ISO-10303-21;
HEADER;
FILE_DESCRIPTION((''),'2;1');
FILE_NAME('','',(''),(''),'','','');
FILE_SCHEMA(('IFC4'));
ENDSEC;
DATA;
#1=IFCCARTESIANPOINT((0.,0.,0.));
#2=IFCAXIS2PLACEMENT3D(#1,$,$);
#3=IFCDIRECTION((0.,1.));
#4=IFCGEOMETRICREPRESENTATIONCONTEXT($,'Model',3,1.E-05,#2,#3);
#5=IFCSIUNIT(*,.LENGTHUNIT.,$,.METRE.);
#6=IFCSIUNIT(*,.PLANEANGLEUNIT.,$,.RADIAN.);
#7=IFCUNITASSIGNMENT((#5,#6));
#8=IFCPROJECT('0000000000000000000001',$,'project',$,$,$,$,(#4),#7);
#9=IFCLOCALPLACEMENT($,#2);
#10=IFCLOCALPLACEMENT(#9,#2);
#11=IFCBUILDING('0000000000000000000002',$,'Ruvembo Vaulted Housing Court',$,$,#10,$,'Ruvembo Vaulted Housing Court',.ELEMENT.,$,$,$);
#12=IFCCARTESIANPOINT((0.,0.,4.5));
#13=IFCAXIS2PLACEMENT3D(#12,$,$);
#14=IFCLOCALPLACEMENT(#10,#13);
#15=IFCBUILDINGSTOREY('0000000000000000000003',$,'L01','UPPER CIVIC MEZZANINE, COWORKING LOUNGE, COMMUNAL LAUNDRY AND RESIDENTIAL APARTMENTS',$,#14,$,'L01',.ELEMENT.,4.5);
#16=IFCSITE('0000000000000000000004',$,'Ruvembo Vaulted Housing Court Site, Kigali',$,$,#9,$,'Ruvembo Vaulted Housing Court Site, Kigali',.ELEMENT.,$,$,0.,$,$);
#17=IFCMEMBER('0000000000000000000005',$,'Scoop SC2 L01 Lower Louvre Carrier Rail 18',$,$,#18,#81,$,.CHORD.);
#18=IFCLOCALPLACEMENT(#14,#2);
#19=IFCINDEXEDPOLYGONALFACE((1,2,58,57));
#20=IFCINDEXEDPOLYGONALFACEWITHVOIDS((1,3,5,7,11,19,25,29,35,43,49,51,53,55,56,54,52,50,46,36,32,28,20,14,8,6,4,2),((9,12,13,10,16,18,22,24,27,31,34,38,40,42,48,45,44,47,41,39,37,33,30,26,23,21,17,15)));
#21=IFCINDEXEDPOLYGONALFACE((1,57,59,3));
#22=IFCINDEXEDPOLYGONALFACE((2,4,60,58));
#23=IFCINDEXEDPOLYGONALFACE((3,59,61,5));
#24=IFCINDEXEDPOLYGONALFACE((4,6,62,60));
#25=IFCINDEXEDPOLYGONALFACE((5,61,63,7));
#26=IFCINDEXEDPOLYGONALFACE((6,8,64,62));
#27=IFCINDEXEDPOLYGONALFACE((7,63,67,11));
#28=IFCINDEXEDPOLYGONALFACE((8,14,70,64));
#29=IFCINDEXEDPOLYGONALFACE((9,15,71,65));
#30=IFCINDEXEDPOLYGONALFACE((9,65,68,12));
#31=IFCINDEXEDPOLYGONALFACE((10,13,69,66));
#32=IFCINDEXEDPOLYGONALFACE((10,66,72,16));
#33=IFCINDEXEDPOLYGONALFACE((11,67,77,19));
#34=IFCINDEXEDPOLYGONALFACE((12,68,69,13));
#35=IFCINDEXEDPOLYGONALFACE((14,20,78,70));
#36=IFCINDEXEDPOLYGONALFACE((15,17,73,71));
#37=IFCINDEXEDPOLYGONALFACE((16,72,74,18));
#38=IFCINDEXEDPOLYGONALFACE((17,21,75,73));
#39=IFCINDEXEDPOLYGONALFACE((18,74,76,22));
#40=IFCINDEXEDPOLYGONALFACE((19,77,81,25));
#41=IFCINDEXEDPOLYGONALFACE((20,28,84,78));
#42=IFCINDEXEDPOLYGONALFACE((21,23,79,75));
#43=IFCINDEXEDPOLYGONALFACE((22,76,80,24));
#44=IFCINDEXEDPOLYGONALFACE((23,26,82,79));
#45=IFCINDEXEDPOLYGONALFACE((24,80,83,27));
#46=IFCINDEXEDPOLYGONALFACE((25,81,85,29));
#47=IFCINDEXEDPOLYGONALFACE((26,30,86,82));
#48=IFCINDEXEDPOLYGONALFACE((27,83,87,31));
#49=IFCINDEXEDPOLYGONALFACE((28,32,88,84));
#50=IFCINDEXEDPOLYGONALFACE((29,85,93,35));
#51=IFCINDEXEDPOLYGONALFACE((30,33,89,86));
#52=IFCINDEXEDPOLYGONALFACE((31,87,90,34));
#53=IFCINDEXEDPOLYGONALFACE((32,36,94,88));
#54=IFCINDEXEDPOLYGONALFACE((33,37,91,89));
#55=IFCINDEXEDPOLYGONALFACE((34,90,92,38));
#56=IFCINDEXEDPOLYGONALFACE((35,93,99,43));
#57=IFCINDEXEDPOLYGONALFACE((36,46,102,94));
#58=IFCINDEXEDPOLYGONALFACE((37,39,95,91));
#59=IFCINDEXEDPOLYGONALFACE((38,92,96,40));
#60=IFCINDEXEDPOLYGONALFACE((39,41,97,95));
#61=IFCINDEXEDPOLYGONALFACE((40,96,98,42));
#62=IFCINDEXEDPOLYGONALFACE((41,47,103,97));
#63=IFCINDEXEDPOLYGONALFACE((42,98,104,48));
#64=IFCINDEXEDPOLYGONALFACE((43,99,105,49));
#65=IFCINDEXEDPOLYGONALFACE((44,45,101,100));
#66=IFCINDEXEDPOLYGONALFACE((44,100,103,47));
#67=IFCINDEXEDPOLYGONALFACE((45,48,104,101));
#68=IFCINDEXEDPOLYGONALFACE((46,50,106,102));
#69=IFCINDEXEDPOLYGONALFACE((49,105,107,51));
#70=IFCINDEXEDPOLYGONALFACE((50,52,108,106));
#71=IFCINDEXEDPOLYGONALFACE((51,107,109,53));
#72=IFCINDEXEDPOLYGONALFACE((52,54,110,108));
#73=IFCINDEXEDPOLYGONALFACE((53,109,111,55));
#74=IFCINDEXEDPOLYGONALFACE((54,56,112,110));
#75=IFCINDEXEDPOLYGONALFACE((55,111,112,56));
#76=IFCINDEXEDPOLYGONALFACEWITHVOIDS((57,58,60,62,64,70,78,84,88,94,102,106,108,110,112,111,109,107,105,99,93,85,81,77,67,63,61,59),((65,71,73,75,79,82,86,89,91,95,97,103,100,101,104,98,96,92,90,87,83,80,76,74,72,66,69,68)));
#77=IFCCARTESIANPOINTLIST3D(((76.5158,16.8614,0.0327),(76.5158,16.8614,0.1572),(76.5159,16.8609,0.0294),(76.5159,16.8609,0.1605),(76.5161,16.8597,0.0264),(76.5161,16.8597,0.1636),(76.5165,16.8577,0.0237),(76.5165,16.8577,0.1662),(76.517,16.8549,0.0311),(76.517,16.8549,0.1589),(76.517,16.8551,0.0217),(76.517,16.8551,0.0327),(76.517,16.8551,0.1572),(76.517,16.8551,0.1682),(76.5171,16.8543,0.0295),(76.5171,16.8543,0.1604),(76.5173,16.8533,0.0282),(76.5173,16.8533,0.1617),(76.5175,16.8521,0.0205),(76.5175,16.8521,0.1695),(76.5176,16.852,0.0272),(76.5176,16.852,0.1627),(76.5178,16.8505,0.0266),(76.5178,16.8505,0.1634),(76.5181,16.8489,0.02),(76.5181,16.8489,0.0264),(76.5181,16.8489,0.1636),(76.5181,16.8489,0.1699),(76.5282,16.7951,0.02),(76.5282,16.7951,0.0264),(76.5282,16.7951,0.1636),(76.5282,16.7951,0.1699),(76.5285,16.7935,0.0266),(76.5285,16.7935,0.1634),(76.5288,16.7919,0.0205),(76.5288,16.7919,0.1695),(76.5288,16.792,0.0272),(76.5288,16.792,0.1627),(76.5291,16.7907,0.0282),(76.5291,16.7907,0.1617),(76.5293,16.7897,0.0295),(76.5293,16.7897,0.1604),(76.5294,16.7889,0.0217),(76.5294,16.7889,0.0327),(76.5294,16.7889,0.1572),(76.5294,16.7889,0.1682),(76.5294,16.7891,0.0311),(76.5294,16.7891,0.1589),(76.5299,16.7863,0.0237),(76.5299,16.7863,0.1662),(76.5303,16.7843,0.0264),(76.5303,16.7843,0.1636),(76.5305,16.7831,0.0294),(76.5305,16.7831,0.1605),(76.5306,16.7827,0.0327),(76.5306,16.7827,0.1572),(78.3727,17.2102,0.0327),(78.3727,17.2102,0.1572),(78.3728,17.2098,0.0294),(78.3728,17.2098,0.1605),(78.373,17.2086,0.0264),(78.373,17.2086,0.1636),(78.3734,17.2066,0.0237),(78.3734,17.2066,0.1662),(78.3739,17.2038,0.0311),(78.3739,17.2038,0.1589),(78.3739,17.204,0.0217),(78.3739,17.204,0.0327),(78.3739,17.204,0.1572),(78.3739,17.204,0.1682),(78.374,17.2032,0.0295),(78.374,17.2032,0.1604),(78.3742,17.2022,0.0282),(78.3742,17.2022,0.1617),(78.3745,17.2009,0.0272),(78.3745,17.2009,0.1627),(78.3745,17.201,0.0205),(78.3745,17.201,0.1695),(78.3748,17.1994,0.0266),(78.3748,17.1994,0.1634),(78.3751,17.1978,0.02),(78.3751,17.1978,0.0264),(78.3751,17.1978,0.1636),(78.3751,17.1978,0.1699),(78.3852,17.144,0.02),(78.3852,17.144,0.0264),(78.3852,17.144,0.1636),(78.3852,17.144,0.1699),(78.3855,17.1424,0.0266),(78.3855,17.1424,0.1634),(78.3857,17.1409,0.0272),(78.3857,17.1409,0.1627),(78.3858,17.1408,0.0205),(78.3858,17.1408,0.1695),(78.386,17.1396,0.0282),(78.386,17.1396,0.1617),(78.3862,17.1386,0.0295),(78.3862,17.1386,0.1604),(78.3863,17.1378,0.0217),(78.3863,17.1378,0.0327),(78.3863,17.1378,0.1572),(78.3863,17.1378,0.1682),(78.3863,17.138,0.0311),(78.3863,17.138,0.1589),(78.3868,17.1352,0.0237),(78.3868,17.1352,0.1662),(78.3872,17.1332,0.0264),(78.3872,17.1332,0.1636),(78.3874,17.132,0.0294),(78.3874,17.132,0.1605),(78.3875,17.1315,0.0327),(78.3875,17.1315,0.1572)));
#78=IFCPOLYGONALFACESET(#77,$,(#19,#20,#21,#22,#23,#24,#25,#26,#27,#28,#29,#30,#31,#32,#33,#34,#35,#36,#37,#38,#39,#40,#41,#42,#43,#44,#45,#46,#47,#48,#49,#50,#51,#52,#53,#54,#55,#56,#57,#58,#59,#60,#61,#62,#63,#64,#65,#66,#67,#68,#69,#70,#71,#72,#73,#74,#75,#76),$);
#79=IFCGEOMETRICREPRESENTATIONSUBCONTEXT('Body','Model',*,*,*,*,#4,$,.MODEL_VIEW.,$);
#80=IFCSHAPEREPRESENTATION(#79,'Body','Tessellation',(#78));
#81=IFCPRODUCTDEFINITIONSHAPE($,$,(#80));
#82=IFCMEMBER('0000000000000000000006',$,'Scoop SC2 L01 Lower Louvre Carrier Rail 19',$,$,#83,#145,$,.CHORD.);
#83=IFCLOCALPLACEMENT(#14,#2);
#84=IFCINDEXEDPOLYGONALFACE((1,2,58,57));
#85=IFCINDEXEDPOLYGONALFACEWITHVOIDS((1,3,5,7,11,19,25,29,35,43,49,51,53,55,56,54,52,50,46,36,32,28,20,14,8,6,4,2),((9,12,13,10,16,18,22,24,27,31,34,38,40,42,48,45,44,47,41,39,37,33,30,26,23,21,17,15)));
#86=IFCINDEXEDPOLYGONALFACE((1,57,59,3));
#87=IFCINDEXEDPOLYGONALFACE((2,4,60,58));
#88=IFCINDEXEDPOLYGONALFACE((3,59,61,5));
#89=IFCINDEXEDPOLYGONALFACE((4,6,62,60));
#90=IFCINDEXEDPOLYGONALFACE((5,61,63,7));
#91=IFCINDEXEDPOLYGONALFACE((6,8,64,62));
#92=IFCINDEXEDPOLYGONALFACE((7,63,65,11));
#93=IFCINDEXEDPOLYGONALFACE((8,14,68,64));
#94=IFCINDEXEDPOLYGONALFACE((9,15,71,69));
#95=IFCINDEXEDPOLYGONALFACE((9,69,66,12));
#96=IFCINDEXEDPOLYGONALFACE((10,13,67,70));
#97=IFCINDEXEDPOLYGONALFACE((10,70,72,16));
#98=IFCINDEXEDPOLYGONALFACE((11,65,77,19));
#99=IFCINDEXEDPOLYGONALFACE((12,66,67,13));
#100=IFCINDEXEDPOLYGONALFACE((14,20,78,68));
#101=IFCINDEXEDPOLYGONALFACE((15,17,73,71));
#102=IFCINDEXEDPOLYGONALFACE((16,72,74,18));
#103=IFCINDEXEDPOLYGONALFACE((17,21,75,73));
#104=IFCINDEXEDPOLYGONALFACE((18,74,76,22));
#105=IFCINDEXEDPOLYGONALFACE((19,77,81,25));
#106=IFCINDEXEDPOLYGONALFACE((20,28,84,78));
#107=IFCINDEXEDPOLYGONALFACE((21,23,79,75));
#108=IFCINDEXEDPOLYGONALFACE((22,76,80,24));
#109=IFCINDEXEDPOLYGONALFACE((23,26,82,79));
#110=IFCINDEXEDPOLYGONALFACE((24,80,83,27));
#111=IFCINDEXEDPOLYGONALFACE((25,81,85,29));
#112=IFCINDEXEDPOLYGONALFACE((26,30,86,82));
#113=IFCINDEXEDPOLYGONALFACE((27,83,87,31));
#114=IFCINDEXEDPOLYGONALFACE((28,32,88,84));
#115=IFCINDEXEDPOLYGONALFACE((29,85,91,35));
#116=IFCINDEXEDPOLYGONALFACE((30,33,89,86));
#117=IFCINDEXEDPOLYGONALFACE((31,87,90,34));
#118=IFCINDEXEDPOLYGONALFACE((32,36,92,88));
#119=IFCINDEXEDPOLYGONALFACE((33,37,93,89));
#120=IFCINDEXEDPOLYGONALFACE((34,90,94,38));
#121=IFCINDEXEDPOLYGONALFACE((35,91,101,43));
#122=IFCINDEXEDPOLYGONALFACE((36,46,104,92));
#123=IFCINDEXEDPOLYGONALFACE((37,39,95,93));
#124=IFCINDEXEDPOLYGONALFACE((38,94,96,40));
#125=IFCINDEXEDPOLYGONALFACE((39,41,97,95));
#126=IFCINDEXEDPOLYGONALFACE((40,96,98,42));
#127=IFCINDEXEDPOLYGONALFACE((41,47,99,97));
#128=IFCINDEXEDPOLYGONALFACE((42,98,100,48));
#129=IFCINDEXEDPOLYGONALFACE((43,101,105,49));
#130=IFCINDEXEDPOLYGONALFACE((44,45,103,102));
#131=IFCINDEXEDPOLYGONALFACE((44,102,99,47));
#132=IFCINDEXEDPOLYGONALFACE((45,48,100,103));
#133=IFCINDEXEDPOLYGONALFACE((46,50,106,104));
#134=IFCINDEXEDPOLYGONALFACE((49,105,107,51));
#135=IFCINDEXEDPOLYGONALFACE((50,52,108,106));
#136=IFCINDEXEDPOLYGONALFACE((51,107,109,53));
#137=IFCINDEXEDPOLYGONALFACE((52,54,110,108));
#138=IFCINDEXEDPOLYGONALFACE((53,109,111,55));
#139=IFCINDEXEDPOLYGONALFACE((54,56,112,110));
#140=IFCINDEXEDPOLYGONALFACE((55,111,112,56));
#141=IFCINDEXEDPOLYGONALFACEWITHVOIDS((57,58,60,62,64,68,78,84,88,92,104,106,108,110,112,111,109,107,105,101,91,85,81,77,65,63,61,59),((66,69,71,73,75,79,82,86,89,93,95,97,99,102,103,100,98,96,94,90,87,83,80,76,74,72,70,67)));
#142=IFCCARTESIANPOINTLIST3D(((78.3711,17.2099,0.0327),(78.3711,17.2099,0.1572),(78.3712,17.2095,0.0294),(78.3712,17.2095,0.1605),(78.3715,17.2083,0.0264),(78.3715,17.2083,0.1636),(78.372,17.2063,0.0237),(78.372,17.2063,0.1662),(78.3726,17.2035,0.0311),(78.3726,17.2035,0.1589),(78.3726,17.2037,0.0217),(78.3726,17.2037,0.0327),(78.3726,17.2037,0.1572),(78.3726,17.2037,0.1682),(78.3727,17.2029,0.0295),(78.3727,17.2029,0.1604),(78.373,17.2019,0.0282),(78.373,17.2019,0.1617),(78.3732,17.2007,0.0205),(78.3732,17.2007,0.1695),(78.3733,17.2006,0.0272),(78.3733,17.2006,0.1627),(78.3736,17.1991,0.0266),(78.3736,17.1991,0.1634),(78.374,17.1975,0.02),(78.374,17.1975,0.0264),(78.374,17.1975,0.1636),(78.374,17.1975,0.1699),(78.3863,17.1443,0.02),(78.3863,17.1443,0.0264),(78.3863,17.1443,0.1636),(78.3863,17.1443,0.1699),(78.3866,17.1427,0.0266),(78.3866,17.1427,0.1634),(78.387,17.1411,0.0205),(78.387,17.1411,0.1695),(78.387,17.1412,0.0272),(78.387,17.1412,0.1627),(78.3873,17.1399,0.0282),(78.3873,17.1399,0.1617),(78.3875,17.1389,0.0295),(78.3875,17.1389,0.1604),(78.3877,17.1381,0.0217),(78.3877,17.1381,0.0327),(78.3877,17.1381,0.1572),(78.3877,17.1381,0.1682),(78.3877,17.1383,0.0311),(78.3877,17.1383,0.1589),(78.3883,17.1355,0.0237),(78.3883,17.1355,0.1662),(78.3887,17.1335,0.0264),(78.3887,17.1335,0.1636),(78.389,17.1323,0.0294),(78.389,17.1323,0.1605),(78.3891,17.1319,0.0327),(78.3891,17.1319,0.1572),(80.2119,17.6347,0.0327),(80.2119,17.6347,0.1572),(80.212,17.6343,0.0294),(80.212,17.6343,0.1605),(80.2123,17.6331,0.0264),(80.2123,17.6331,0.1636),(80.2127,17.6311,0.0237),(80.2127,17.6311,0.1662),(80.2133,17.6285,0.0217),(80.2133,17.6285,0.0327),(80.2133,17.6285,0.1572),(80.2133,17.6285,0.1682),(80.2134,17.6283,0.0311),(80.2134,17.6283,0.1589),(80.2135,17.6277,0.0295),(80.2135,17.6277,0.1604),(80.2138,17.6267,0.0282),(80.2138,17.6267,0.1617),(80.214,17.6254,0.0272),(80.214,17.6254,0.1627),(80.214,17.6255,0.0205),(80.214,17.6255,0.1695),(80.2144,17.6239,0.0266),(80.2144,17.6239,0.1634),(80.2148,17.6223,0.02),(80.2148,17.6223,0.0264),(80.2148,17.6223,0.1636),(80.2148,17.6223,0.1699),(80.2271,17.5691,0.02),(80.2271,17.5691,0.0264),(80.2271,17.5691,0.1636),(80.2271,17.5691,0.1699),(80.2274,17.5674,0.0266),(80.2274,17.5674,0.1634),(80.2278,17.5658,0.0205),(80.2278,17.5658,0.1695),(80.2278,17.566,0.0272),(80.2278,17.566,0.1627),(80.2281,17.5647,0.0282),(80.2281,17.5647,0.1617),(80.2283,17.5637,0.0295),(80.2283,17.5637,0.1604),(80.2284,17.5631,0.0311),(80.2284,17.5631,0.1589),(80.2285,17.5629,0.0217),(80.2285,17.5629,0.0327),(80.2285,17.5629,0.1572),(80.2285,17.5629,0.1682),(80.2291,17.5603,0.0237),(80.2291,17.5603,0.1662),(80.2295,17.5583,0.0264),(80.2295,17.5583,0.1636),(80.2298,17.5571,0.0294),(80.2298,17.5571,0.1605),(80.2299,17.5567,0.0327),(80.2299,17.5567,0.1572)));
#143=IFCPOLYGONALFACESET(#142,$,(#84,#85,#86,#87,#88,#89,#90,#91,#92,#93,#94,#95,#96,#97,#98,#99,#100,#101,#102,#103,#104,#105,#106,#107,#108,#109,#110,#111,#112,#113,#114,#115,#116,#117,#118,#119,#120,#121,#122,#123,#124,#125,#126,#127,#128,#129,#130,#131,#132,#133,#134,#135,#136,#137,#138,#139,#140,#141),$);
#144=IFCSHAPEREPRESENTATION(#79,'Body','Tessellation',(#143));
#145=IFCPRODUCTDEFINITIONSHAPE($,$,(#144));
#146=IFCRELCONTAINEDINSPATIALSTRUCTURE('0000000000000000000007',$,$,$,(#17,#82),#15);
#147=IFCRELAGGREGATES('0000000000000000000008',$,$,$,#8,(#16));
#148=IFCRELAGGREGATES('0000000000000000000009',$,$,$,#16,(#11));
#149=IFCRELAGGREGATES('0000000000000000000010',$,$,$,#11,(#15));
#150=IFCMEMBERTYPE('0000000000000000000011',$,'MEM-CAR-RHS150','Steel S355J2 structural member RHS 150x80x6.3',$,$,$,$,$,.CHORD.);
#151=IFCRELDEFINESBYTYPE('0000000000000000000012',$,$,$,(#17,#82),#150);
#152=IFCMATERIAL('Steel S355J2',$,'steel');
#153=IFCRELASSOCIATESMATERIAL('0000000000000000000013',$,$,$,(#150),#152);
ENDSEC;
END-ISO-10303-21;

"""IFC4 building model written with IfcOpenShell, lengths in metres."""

from ifc_helpers import new_model, si_unit, direction, frame, origin, origin_2d, place, context, subcontext, project, spatial, hollow_rectangle, extrude, material, material_profile, profile_set, type_object, element, save


model = new_model("IFC4")

# Units and contexts
model_context = context("Model", 3, precision=1e-05, world=origin(), true_north=direction((0.0, 1.0)))
body_context = subcontext(model_context, "Body", "Model", "MODEL_VIEW")
ifc_project = project(units=[si_unit("LENGTHUNIT", "METRE"), si_unit("PLANEANGLEUNIT", "RADIAN")], contexts=[model_context])

# Site, building, storey
site_placement = place(None, origin())
site = spatial("IfcSite", under=ifc_project, at=site_placement, Name="Ruvembo Vaulted Housing Court Site, Kigali", LongName="Ruvembo Vaulted Housing Court Site, Kigali", CompositionType="ELEMENT", RefElevation=0.0)
building_placement = place(site_placement, origin())
building = spatial("IfcBuilding", under=site, at=building_placement, Name="Ruvembo Vaulted Housing Court", LongName="Ruvembo Vaulted Housing Court", CompositionType="ELEMENT")
storey_placement = place(building_placement, frame((0.0, 0.0, 4.5)))
storey = spatial("IfcBuildingStorey", under=building, at=storey_placement, Name="L01", Description="UPPER CIVIC MEZZANINE, COWORKING LOUNGE, COMMUNAL LAUNDRY AND RESIDENTIAL APARTMENTS", LongName="L01", CompositionType="ELEMENT", Elevation=4.5)

# Shared definitions
ifc_material_1 = material(Name="Steel S355J2", Category="steel")

# Members
ifc_material_profile_1 = material_profile(ifc_material_1, hollow_rectangle(XDim=0.0801, YDim=0.1499, WallThickness=0.0063, InnerFilletRadius=0.0063, OuterFilletRadius=0.0127, at=origin_2d()), Name="RHS 150x80x6.3")
ifc_profile_set_1 = profile_set([ifc_material_profile_1], Name="Steel S355J2")
member_type_1 = type_object("IfcMemberType", Name="MEM-CAR-RHS150", Description="Steel S355J2 structural member RHS 150x80x6.3", PredefinedType="CHORD", material=ifc_profile_set_1)
member_1_placement = place(storey_placement, frame((76.5232, 16.822, 0.095), z_axis=(0.982805, 0.184647, 0.0), x_axis=(-0.184647, 0.982805, 0.0)))
element("IfcMember", 1, at=member_1_placement, inside=storey, type_object=member_type_1, Name="Scoop SC2 L01 Lower Louvre Carrier Rail 18", PredefinedType="CHORD", context=body_context, shape_type="SweptSolid", body=[
    extrude(hollow_rectangle(XDim=0.0801, YDim=0.1499, WallThickness=0.0063, InnerFilletRadius=0.0063, OuterFilletRadius=0.0127, at=origin_2d()), origin(), (0.0, 0.0, 1.0), 1.8894),
])
member_2_placement = place(storey_placement, frame((78.3801, 17.1709, 0.095), z_axis=(0.974391, 0.22486, 0.0), x_axis=(-0.22486, 0.974391, 0.0)))
element("IfcMember", 2, at=member_2_placement, inside=storey, type_object=member_type_1, Name="Scoop SC2 L01 Lower Louvre Carrier Rail 19", PredefinedType="CHORD", context=body_context, shape_type="SweptSolid", body=[
    extrude(hollow_rectangle(XDim=0.0801, YDim=0.1499, WallThickness=0.0063, InnerFilletRadius=0.0063, OuterFilletRadius=0.0127, at=origin_2d()), origin(), (0.0, 0.0, 1.0), 1.8892),
])

save(model, "model.ifc")
